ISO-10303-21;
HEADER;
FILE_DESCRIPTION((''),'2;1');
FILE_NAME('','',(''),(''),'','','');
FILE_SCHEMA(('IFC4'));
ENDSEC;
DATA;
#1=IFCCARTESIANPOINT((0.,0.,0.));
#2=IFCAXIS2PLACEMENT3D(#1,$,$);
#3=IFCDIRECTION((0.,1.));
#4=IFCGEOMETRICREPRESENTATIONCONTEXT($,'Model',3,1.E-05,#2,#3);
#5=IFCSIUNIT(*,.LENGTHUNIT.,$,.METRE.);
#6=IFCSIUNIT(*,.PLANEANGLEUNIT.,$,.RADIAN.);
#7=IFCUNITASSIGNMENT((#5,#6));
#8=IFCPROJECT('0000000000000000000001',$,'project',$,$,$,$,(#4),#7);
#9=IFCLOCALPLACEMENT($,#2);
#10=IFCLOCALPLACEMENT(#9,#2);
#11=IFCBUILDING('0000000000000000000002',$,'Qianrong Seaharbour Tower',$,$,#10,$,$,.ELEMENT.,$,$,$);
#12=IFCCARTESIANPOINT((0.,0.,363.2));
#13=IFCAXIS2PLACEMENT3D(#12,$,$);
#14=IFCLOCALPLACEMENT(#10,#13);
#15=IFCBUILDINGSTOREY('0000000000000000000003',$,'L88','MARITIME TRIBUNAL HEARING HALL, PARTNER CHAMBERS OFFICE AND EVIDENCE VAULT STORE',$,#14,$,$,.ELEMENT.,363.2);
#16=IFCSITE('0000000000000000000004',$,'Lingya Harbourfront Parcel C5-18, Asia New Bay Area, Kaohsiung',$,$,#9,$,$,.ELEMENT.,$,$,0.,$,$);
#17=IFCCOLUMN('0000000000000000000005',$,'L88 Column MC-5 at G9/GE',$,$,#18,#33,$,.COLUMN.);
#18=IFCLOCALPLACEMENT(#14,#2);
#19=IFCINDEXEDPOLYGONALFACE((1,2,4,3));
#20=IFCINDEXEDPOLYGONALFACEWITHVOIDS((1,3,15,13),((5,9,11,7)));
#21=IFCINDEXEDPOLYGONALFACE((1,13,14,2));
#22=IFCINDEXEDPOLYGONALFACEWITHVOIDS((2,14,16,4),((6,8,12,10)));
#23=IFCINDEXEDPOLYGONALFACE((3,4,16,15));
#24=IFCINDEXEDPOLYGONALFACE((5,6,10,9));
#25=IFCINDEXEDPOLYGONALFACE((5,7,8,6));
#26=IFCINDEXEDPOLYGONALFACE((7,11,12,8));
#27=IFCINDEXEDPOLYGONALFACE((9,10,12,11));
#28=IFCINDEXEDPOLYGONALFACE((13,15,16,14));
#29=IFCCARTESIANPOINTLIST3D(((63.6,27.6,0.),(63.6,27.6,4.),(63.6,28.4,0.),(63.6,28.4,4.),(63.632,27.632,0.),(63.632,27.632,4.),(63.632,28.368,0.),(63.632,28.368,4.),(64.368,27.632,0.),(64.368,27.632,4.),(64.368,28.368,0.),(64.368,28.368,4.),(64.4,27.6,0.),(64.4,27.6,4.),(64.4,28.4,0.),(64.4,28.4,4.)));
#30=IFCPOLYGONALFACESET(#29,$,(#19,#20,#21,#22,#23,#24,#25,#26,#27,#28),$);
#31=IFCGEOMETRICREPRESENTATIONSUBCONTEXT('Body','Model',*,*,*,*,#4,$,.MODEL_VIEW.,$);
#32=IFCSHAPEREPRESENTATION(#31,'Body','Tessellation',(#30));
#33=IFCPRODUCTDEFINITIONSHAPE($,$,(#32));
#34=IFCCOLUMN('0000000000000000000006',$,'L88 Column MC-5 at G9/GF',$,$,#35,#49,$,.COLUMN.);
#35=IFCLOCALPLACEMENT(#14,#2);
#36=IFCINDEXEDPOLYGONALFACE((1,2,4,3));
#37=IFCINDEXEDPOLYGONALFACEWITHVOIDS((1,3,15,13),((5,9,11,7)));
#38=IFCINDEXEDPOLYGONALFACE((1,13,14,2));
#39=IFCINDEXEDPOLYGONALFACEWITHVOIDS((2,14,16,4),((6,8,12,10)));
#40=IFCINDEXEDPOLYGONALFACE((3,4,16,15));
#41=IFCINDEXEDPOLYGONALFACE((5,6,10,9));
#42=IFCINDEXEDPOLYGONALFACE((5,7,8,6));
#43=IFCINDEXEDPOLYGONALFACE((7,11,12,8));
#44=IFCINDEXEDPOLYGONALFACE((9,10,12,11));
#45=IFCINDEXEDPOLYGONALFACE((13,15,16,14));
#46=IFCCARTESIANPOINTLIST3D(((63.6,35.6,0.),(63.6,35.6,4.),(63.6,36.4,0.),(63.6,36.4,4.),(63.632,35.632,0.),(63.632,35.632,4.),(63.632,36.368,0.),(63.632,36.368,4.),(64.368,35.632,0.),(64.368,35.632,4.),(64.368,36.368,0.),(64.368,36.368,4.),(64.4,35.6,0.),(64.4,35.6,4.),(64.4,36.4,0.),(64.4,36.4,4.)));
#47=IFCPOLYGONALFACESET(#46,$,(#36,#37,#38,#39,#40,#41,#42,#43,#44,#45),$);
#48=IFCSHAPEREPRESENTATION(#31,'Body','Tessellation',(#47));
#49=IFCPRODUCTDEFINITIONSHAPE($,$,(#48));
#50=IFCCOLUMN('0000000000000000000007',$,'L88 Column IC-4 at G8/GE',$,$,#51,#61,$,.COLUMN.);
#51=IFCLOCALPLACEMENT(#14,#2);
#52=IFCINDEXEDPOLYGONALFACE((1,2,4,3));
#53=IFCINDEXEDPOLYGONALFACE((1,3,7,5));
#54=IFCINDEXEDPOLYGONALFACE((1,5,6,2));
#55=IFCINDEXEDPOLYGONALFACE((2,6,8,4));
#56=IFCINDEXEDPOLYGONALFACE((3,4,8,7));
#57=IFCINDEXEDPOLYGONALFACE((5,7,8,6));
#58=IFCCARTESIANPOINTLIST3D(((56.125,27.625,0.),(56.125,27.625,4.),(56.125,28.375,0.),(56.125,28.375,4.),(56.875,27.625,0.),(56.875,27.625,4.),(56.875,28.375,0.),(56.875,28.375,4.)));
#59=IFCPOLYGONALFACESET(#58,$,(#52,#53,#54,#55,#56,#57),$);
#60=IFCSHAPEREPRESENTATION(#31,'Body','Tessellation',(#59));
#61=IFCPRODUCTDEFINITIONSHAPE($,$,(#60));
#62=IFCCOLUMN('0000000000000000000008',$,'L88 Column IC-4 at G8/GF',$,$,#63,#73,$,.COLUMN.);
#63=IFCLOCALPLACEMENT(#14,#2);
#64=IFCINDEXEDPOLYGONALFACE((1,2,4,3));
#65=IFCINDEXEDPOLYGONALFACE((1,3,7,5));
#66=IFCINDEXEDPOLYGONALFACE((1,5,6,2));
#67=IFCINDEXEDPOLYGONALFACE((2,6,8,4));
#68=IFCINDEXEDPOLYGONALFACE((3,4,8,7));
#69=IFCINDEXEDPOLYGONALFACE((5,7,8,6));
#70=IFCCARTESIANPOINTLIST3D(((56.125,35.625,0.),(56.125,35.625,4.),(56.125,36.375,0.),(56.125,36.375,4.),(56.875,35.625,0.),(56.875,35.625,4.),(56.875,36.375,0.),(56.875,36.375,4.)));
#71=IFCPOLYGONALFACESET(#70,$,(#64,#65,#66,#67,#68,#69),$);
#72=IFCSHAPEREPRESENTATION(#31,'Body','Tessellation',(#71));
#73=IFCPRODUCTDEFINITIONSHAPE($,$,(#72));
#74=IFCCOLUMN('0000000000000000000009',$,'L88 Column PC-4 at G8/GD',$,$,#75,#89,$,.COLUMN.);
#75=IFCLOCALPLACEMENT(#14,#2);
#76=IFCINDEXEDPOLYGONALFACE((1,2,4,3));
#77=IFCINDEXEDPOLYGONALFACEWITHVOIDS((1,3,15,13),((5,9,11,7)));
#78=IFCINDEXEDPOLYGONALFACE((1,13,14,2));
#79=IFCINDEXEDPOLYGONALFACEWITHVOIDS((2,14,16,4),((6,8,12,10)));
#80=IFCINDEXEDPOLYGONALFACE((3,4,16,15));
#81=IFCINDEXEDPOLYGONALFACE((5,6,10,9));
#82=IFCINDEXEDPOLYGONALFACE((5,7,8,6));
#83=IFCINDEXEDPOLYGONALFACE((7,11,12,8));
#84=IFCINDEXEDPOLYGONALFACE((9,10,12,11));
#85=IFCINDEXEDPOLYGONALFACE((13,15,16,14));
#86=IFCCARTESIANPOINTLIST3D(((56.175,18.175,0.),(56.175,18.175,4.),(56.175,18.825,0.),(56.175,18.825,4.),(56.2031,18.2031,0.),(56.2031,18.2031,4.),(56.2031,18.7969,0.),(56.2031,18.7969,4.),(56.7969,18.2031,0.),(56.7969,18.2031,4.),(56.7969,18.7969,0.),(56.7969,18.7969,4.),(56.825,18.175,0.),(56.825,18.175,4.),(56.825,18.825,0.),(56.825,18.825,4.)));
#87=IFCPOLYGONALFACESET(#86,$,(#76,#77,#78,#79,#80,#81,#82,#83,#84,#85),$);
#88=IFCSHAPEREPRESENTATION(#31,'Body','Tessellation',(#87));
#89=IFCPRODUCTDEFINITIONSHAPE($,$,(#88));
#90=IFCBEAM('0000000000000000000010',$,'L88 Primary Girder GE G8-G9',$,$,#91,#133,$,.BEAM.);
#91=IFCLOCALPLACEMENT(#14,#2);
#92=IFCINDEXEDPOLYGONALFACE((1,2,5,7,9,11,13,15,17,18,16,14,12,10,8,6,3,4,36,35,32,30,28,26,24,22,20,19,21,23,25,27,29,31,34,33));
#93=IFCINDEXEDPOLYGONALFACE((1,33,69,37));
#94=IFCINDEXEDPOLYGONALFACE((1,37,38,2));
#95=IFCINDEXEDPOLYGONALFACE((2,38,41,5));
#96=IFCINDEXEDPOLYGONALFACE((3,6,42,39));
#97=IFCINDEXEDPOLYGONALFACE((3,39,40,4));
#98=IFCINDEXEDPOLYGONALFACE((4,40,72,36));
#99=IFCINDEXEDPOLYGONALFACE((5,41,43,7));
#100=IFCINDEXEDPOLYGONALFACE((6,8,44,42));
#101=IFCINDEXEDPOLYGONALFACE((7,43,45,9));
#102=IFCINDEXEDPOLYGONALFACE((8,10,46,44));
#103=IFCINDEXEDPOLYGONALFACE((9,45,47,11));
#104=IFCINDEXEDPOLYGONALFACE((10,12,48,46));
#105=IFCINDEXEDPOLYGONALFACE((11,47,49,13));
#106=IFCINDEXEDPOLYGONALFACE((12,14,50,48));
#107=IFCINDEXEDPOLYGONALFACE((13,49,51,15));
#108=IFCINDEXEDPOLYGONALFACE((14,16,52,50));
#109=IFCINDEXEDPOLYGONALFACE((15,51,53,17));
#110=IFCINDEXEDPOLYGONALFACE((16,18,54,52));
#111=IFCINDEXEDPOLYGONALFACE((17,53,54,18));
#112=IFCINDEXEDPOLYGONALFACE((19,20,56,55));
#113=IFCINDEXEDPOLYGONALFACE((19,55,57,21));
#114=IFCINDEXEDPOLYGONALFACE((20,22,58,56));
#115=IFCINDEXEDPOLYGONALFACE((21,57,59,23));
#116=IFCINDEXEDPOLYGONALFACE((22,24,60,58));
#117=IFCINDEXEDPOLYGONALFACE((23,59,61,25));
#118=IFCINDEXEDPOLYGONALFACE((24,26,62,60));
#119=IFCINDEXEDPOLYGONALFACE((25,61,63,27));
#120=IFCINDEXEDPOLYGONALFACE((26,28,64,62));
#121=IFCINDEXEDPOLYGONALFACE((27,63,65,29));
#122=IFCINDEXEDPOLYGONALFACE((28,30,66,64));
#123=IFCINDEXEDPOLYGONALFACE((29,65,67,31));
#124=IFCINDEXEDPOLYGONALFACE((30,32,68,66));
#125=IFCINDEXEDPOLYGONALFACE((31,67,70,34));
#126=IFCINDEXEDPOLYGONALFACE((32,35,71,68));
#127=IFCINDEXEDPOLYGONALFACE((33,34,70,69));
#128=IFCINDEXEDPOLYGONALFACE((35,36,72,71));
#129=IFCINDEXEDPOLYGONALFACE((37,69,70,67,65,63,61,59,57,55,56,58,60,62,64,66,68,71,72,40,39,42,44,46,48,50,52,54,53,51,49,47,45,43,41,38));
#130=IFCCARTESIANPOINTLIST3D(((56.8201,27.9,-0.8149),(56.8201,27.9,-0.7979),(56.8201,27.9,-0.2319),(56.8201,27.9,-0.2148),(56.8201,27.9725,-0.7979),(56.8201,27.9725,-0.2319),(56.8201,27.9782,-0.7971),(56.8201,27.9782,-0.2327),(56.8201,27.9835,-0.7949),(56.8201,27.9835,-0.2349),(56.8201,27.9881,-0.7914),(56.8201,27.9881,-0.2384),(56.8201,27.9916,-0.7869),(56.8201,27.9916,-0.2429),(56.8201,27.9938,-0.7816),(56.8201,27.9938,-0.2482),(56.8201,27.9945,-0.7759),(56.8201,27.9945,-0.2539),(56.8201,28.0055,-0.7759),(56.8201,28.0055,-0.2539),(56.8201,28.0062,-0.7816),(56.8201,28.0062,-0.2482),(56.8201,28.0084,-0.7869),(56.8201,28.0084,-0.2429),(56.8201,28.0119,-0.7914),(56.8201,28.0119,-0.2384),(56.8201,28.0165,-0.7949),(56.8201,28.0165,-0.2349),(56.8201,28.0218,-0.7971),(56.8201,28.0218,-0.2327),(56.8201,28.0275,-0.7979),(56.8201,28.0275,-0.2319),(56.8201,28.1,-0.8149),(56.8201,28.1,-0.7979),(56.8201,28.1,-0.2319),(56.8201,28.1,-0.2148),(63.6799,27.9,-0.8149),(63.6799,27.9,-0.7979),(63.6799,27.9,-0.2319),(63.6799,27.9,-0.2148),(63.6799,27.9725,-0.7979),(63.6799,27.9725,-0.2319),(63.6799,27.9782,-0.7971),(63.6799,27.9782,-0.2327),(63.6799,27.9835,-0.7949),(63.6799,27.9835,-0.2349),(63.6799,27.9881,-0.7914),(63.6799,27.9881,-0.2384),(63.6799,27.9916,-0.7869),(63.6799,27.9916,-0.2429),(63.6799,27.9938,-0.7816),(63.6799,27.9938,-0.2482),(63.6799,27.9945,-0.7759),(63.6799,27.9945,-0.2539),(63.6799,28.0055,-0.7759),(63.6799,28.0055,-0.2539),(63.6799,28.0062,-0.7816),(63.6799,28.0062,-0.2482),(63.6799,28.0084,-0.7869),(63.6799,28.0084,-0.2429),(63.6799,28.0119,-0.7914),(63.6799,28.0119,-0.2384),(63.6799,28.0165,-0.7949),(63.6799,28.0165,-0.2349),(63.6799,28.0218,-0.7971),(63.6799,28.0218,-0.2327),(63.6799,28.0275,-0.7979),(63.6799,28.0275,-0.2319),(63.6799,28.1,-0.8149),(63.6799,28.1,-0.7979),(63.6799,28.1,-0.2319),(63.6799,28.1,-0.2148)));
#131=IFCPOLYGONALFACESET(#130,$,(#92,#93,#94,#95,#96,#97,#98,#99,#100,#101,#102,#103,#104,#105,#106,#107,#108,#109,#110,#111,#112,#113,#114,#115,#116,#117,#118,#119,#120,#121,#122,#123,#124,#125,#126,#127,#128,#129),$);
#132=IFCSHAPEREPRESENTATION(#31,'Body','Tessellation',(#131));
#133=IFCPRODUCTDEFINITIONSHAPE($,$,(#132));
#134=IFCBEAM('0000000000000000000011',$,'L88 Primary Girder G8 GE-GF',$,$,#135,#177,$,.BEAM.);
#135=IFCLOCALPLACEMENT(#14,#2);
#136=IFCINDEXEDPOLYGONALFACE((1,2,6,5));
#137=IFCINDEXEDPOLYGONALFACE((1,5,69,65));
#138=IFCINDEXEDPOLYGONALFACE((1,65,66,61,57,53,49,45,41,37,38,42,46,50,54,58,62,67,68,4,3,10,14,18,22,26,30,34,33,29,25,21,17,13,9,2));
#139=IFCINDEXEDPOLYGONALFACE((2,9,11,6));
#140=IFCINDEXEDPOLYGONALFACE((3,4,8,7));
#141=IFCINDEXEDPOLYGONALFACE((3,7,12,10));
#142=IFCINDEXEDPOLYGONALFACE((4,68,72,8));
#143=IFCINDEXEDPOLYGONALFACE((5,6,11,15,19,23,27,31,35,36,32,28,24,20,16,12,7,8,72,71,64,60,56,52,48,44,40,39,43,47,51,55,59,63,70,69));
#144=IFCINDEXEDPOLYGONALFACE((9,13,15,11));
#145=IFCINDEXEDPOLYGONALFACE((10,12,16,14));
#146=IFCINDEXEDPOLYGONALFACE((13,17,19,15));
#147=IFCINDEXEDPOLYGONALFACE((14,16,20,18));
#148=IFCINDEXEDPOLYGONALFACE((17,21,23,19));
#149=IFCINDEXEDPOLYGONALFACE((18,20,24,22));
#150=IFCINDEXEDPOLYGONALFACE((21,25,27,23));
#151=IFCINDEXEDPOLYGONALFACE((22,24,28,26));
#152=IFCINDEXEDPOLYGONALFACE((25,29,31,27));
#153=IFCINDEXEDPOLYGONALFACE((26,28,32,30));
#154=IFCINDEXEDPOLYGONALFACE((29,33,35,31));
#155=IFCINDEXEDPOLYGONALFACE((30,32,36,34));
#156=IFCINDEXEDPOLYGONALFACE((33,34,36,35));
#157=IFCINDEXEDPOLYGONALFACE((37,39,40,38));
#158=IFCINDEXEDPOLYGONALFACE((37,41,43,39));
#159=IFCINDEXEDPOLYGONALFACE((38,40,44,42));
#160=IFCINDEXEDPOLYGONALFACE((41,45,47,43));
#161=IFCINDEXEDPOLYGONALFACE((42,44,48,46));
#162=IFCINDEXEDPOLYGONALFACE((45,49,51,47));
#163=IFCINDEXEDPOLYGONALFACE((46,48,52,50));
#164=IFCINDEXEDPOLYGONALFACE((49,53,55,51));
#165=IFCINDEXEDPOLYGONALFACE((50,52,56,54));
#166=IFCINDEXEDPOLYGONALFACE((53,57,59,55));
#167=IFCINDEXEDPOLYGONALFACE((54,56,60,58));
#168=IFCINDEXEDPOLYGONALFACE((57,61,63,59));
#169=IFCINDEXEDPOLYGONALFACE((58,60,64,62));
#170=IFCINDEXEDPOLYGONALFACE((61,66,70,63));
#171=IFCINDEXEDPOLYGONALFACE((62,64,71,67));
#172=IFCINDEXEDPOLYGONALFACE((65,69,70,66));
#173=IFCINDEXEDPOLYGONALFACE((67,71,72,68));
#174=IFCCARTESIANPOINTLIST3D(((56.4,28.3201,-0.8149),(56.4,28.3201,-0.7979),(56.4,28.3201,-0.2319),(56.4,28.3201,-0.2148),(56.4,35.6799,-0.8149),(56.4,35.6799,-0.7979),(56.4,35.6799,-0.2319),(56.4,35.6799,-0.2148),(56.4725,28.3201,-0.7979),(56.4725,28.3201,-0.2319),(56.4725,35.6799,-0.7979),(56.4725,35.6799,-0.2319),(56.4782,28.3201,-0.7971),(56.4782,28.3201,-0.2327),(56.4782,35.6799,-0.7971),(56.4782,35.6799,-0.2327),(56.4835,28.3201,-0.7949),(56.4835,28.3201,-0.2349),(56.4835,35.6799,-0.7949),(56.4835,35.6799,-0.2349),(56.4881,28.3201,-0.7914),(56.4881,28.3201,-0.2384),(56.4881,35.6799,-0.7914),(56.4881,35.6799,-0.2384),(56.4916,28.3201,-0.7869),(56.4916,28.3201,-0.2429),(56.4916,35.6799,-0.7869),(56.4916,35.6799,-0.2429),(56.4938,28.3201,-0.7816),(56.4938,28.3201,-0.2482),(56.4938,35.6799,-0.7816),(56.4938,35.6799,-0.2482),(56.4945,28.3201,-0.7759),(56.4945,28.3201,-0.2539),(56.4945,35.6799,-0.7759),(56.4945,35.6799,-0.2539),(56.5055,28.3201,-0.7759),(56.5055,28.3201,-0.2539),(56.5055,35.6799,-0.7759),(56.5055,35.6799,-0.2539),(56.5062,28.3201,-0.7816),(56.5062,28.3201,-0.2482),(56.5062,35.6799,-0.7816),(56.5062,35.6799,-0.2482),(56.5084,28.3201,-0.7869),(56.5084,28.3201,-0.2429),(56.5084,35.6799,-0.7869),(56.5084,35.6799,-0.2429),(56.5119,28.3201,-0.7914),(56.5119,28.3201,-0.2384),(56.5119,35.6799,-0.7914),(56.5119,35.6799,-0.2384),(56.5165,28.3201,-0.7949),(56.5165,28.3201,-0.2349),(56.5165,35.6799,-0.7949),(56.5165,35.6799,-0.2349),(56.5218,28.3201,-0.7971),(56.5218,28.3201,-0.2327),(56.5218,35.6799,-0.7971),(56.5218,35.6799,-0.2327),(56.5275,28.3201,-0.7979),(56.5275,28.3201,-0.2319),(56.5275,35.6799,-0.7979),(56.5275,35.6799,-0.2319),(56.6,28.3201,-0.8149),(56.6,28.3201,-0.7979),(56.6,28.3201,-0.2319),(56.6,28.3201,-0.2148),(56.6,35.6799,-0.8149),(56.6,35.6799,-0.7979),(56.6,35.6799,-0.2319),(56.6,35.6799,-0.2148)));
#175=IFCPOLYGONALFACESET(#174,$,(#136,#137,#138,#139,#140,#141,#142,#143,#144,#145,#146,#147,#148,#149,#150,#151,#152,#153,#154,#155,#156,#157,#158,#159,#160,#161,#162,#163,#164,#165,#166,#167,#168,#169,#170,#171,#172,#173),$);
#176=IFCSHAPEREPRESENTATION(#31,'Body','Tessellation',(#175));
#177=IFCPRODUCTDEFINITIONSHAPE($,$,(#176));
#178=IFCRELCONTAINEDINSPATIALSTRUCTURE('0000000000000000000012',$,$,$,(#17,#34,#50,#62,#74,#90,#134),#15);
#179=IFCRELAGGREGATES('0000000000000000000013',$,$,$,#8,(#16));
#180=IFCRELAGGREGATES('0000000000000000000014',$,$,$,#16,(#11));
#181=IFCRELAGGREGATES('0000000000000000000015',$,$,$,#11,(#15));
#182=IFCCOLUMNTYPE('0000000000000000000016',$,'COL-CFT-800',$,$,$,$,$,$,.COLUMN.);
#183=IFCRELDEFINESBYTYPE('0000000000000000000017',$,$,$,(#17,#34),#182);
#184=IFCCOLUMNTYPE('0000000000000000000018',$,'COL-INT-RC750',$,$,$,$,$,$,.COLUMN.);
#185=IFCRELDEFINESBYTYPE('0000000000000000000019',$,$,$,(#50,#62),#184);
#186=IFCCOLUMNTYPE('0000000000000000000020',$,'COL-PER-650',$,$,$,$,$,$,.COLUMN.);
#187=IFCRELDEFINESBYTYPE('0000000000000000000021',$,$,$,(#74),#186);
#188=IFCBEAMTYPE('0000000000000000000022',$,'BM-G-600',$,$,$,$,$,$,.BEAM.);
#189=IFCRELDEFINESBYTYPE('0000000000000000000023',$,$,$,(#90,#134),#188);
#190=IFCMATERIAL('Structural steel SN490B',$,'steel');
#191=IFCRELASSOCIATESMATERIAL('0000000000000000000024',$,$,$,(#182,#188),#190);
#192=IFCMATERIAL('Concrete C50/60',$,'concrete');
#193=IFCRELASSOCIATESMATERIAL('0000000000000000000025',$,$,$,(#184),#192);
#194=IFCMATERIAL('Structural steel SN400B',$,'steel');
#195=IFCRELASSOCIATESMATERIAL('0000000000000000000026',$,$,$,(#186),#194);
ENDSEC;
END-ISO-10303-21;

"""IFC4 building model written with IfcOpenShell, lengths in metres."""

from ifc_helpers import new_model, si_unit, direction, frame, origin, origin_2d, place, context, subcontext, project, spatial, rectangle, hollow_rectangle, i_section, extrude, material, material_profile, profile_set, type_object, element, save


model = new_model("IFC4")

# Units and contexts
model_context = context("Model", 3, precision=1e-05, world=origin(), true_north=direction((0.0, 1.0)))
body_context = subcontext(model_context, "Body", "Model", "MODEL_VIEW")
ifc_project = project(units=[si_unit("LENGTHUNIT", "METRE"), si_unit("PLANEANGLEUNIT", "RADIAN")], contexts=[model_context])

# Site, building, storey
site_placement = place(None, origin())
site = spatial("IfcSite", under=ifc_project, at=site_placement, Name="Lingya Harbourfront Parcel C5-18, Asia New Bay Area, Kaohsiung", CompositionType="ELEMENT", RefElevation=0.0)
building_placement = place(site_placement, origin())
building = spatial("IfcBuilding", under=site, at=building_placement, Name="Qianrong Seaharbour Tower", CompositionType="ELEMENT")
storey_placement = place(building_placement, frame((0.0, 0.0, 363.2)))
storey = spatial("IfcBuildingStorey", under=building, at=storey_placement, Name="L88", Description="MARITIME TRIBUNAL HEARING HALL, PARTNER CHAMBERS OFFICE AND EVIDENCE VAULT STORE", CompositionType="ELEMENT", Elevation=363.2)

# Columns
ifc_material_1 = material(Name="Structural steel SN490B", Category="steel")
ifc_material_profile_1 = material_profile(ifc_material_1, hollow_rectangle(XDim=0.8, YDim=0.8, WallThickness=0.032, at=origin_2d()), Name="BOX800x800x32")
ifc_profile_set_1 = profile_set([ifc_material_profile_1], Name="Structural steel SN490B")
column_type_1 = type_object("IfcColumnType", Name="COL-CFT-800", PredefinedType="COLUMN", material=ifc_profile_set_1)
for number, where, z_axis, x_axis, name in (
    (1, (64.0, 28.0, 0.0), (0.0, 0.0, 1.0), (1.0, 0.0, 0.0), "L88 Column MC-5 at G9/GE"),
    (2, (64.0, 36.0, 0.0), (0.0, 0.0, 1.0), (1.0, 0.0, 0.0), "L88 Column MC-5 at G9/GF"),
):
    element("IfcColumn", number, at=place(storey_placement, frame(where, z_axis=z_axis, x_axis=x_axis)), inside=storey, type_object=column_type_1, Name=name, PredefinedType="COLUMN", context=body_context, shape_type="SweptSolid", body=[
        extrude(hollow_rectangle(XDim=0.8, YDim=0.8, WallThickness=0.032, at=origin_2d()), origin(), (0.0, 0.0, 1.0), 4.0),
    ])
ifc_material_2 = material(Name="Concrete C50/60", Category="concrete")
ifc_material_profile_2 = material_profile(ifc_material_2, rectangle(XDim=0.75, YDim=0.75, at=origin_2d()), Name="RC750x750")
ifc_profile_set_2 = profile_set([ifc_material_profile_2], Name="Concrete C50/60")
column_type_2 = type_object("IfcColumnType", Name="COL-INT-RC750", PredefinedType="COLUMN", material=ifc_profile_set_2)
for number, where, z_axis, x_axis, name in (
    (3, (56.5, 28.0, 0.0), (0.0, 0.0, 1.0), (1.0, 0.0, 0.0), "L88 Column IC-4 at G8/GE"),
    (4, (56.5, 36.0, 0.0), (0.0, 0.0, 1.0), (1.0, 0.0, 0.0), "L88 Column IC-4 at G8/GF"),
):
    element("IfcColumn", number, at=place(storey_placement, frame(where, z_axis=z_axis, x_axis=x_axis)), inside=storey, type_object=column_type_2, Name=name, PredefinedType="COLUMN", context=body_context, shape_type="SweptSolid", body=[
        extrude(rectangle(XDim=0.75, YDim=0.75, at=origin_2d()), origin(), (0.0, 0.0, 1.0), 4.0),
    ])
ifc_material_3 = material(Name="Structural steel SN400B", Category="steel")
ifc_material_profile_3 = material_profile(ifc_material_3, hollow_rectangle(XDim=0.6499, YDim=0.6499, WallThickness=0.0281, at=origin_2d()), Name="BOX650x650x28")
ifc_profile_set_3 = profile_set([ifc_material_profile_3], Name="Structural steel SN400B")
column_type_3 = type_object("IfcColumnType", Name="COL-PER-650", PredefinedType="COLUMN", material=ifc_profile_set_3)
column_placement = place(storey_placement, frame((56.5, 18.5, 0.0), z_axis=(0.0, 0.0, 1.0), x_axis=(1.0, 0.0, 0.0)))
element("IfcColumn", 5, at=column_placement, inside=storey, type_object=column_type_3, Name="L88 Column PC-4 at G8/GD", PredefinedType="COLUMN", context=body_context, shape_type="SweptSolid", body=[
    extrude(hollow_rectangle(XDim=0.6499, YDim=0.6499, WallThickness=0.0281, at=origin_2d()), origin(), (0.0, 0.0, 1.0), 4.0),
])

# Beams
ifc_material_profile_4 = material_profile(ifc_material_1, i_section(OverallWidth=0.2, OverallDepth=0.6001, WebThickness=0.011, FlangeThickness=0.0171, FilletRadius=0.022, at=origin_2d()), Name="H600x200x11x17")
ifc_profile_set_4 = profile_set([ifc_material_profile_4], Name="Structural steel SN490B")
beam_type_1 = type_object("IfcBeamType", Name="BM-G-600", PredefinedType="BEAM", material=ifc_profile_set_4)
beam_1_placement = place(storey_placement, frame((56.8201, 28.0, -0.5149), z_axis=(1.0, 0.0, 0.0), x_axis=(0.0, 1.0, 0.0)))
element("IfcBeam", 6, at=beam_1_placement, inside=storey, type_object=beam_type_1, Name="L88 Primary Girder GE G8-G9", PredefinedType="BEAM", context=body_context, shape_type="SweptSolid", body=[
    extrude(i_section(OverallWidth=0.2, OverallDepth=0.6001, WebThickness=0.011, FlangeThickness=0.0171, FilletRadius=0.022, at=origin_2d()), origin(), (0.0, 0.0, 1.0), 6.8599),
])
beam_2_placement = place(storey_placement, frame((56.5, 28.3201, -0.5149), z_axis=(0.0, 1.0, 0.0), x_axis=(-1.0, 0.0, 0.0)))
element("IfcBeam", 7, at=beam_2_placement, inside=storey, type_object=beam_type_1, Name="L88 Primary Girder G8 GE-GF", PredefinedType="BEAM", context=body_context, shape_type="SweptSolid", body=[
    extrude(i_section(OverallWidth=0.2, OverallDepth=0.6001, WebThickness=0.011, FlangeThickness=0.0171, FilletRadius=0.022, at=origin_2d()), origin(), (0.0, 0.0, 1.0), 7.3599),
])

save(model, "model.ifc")
